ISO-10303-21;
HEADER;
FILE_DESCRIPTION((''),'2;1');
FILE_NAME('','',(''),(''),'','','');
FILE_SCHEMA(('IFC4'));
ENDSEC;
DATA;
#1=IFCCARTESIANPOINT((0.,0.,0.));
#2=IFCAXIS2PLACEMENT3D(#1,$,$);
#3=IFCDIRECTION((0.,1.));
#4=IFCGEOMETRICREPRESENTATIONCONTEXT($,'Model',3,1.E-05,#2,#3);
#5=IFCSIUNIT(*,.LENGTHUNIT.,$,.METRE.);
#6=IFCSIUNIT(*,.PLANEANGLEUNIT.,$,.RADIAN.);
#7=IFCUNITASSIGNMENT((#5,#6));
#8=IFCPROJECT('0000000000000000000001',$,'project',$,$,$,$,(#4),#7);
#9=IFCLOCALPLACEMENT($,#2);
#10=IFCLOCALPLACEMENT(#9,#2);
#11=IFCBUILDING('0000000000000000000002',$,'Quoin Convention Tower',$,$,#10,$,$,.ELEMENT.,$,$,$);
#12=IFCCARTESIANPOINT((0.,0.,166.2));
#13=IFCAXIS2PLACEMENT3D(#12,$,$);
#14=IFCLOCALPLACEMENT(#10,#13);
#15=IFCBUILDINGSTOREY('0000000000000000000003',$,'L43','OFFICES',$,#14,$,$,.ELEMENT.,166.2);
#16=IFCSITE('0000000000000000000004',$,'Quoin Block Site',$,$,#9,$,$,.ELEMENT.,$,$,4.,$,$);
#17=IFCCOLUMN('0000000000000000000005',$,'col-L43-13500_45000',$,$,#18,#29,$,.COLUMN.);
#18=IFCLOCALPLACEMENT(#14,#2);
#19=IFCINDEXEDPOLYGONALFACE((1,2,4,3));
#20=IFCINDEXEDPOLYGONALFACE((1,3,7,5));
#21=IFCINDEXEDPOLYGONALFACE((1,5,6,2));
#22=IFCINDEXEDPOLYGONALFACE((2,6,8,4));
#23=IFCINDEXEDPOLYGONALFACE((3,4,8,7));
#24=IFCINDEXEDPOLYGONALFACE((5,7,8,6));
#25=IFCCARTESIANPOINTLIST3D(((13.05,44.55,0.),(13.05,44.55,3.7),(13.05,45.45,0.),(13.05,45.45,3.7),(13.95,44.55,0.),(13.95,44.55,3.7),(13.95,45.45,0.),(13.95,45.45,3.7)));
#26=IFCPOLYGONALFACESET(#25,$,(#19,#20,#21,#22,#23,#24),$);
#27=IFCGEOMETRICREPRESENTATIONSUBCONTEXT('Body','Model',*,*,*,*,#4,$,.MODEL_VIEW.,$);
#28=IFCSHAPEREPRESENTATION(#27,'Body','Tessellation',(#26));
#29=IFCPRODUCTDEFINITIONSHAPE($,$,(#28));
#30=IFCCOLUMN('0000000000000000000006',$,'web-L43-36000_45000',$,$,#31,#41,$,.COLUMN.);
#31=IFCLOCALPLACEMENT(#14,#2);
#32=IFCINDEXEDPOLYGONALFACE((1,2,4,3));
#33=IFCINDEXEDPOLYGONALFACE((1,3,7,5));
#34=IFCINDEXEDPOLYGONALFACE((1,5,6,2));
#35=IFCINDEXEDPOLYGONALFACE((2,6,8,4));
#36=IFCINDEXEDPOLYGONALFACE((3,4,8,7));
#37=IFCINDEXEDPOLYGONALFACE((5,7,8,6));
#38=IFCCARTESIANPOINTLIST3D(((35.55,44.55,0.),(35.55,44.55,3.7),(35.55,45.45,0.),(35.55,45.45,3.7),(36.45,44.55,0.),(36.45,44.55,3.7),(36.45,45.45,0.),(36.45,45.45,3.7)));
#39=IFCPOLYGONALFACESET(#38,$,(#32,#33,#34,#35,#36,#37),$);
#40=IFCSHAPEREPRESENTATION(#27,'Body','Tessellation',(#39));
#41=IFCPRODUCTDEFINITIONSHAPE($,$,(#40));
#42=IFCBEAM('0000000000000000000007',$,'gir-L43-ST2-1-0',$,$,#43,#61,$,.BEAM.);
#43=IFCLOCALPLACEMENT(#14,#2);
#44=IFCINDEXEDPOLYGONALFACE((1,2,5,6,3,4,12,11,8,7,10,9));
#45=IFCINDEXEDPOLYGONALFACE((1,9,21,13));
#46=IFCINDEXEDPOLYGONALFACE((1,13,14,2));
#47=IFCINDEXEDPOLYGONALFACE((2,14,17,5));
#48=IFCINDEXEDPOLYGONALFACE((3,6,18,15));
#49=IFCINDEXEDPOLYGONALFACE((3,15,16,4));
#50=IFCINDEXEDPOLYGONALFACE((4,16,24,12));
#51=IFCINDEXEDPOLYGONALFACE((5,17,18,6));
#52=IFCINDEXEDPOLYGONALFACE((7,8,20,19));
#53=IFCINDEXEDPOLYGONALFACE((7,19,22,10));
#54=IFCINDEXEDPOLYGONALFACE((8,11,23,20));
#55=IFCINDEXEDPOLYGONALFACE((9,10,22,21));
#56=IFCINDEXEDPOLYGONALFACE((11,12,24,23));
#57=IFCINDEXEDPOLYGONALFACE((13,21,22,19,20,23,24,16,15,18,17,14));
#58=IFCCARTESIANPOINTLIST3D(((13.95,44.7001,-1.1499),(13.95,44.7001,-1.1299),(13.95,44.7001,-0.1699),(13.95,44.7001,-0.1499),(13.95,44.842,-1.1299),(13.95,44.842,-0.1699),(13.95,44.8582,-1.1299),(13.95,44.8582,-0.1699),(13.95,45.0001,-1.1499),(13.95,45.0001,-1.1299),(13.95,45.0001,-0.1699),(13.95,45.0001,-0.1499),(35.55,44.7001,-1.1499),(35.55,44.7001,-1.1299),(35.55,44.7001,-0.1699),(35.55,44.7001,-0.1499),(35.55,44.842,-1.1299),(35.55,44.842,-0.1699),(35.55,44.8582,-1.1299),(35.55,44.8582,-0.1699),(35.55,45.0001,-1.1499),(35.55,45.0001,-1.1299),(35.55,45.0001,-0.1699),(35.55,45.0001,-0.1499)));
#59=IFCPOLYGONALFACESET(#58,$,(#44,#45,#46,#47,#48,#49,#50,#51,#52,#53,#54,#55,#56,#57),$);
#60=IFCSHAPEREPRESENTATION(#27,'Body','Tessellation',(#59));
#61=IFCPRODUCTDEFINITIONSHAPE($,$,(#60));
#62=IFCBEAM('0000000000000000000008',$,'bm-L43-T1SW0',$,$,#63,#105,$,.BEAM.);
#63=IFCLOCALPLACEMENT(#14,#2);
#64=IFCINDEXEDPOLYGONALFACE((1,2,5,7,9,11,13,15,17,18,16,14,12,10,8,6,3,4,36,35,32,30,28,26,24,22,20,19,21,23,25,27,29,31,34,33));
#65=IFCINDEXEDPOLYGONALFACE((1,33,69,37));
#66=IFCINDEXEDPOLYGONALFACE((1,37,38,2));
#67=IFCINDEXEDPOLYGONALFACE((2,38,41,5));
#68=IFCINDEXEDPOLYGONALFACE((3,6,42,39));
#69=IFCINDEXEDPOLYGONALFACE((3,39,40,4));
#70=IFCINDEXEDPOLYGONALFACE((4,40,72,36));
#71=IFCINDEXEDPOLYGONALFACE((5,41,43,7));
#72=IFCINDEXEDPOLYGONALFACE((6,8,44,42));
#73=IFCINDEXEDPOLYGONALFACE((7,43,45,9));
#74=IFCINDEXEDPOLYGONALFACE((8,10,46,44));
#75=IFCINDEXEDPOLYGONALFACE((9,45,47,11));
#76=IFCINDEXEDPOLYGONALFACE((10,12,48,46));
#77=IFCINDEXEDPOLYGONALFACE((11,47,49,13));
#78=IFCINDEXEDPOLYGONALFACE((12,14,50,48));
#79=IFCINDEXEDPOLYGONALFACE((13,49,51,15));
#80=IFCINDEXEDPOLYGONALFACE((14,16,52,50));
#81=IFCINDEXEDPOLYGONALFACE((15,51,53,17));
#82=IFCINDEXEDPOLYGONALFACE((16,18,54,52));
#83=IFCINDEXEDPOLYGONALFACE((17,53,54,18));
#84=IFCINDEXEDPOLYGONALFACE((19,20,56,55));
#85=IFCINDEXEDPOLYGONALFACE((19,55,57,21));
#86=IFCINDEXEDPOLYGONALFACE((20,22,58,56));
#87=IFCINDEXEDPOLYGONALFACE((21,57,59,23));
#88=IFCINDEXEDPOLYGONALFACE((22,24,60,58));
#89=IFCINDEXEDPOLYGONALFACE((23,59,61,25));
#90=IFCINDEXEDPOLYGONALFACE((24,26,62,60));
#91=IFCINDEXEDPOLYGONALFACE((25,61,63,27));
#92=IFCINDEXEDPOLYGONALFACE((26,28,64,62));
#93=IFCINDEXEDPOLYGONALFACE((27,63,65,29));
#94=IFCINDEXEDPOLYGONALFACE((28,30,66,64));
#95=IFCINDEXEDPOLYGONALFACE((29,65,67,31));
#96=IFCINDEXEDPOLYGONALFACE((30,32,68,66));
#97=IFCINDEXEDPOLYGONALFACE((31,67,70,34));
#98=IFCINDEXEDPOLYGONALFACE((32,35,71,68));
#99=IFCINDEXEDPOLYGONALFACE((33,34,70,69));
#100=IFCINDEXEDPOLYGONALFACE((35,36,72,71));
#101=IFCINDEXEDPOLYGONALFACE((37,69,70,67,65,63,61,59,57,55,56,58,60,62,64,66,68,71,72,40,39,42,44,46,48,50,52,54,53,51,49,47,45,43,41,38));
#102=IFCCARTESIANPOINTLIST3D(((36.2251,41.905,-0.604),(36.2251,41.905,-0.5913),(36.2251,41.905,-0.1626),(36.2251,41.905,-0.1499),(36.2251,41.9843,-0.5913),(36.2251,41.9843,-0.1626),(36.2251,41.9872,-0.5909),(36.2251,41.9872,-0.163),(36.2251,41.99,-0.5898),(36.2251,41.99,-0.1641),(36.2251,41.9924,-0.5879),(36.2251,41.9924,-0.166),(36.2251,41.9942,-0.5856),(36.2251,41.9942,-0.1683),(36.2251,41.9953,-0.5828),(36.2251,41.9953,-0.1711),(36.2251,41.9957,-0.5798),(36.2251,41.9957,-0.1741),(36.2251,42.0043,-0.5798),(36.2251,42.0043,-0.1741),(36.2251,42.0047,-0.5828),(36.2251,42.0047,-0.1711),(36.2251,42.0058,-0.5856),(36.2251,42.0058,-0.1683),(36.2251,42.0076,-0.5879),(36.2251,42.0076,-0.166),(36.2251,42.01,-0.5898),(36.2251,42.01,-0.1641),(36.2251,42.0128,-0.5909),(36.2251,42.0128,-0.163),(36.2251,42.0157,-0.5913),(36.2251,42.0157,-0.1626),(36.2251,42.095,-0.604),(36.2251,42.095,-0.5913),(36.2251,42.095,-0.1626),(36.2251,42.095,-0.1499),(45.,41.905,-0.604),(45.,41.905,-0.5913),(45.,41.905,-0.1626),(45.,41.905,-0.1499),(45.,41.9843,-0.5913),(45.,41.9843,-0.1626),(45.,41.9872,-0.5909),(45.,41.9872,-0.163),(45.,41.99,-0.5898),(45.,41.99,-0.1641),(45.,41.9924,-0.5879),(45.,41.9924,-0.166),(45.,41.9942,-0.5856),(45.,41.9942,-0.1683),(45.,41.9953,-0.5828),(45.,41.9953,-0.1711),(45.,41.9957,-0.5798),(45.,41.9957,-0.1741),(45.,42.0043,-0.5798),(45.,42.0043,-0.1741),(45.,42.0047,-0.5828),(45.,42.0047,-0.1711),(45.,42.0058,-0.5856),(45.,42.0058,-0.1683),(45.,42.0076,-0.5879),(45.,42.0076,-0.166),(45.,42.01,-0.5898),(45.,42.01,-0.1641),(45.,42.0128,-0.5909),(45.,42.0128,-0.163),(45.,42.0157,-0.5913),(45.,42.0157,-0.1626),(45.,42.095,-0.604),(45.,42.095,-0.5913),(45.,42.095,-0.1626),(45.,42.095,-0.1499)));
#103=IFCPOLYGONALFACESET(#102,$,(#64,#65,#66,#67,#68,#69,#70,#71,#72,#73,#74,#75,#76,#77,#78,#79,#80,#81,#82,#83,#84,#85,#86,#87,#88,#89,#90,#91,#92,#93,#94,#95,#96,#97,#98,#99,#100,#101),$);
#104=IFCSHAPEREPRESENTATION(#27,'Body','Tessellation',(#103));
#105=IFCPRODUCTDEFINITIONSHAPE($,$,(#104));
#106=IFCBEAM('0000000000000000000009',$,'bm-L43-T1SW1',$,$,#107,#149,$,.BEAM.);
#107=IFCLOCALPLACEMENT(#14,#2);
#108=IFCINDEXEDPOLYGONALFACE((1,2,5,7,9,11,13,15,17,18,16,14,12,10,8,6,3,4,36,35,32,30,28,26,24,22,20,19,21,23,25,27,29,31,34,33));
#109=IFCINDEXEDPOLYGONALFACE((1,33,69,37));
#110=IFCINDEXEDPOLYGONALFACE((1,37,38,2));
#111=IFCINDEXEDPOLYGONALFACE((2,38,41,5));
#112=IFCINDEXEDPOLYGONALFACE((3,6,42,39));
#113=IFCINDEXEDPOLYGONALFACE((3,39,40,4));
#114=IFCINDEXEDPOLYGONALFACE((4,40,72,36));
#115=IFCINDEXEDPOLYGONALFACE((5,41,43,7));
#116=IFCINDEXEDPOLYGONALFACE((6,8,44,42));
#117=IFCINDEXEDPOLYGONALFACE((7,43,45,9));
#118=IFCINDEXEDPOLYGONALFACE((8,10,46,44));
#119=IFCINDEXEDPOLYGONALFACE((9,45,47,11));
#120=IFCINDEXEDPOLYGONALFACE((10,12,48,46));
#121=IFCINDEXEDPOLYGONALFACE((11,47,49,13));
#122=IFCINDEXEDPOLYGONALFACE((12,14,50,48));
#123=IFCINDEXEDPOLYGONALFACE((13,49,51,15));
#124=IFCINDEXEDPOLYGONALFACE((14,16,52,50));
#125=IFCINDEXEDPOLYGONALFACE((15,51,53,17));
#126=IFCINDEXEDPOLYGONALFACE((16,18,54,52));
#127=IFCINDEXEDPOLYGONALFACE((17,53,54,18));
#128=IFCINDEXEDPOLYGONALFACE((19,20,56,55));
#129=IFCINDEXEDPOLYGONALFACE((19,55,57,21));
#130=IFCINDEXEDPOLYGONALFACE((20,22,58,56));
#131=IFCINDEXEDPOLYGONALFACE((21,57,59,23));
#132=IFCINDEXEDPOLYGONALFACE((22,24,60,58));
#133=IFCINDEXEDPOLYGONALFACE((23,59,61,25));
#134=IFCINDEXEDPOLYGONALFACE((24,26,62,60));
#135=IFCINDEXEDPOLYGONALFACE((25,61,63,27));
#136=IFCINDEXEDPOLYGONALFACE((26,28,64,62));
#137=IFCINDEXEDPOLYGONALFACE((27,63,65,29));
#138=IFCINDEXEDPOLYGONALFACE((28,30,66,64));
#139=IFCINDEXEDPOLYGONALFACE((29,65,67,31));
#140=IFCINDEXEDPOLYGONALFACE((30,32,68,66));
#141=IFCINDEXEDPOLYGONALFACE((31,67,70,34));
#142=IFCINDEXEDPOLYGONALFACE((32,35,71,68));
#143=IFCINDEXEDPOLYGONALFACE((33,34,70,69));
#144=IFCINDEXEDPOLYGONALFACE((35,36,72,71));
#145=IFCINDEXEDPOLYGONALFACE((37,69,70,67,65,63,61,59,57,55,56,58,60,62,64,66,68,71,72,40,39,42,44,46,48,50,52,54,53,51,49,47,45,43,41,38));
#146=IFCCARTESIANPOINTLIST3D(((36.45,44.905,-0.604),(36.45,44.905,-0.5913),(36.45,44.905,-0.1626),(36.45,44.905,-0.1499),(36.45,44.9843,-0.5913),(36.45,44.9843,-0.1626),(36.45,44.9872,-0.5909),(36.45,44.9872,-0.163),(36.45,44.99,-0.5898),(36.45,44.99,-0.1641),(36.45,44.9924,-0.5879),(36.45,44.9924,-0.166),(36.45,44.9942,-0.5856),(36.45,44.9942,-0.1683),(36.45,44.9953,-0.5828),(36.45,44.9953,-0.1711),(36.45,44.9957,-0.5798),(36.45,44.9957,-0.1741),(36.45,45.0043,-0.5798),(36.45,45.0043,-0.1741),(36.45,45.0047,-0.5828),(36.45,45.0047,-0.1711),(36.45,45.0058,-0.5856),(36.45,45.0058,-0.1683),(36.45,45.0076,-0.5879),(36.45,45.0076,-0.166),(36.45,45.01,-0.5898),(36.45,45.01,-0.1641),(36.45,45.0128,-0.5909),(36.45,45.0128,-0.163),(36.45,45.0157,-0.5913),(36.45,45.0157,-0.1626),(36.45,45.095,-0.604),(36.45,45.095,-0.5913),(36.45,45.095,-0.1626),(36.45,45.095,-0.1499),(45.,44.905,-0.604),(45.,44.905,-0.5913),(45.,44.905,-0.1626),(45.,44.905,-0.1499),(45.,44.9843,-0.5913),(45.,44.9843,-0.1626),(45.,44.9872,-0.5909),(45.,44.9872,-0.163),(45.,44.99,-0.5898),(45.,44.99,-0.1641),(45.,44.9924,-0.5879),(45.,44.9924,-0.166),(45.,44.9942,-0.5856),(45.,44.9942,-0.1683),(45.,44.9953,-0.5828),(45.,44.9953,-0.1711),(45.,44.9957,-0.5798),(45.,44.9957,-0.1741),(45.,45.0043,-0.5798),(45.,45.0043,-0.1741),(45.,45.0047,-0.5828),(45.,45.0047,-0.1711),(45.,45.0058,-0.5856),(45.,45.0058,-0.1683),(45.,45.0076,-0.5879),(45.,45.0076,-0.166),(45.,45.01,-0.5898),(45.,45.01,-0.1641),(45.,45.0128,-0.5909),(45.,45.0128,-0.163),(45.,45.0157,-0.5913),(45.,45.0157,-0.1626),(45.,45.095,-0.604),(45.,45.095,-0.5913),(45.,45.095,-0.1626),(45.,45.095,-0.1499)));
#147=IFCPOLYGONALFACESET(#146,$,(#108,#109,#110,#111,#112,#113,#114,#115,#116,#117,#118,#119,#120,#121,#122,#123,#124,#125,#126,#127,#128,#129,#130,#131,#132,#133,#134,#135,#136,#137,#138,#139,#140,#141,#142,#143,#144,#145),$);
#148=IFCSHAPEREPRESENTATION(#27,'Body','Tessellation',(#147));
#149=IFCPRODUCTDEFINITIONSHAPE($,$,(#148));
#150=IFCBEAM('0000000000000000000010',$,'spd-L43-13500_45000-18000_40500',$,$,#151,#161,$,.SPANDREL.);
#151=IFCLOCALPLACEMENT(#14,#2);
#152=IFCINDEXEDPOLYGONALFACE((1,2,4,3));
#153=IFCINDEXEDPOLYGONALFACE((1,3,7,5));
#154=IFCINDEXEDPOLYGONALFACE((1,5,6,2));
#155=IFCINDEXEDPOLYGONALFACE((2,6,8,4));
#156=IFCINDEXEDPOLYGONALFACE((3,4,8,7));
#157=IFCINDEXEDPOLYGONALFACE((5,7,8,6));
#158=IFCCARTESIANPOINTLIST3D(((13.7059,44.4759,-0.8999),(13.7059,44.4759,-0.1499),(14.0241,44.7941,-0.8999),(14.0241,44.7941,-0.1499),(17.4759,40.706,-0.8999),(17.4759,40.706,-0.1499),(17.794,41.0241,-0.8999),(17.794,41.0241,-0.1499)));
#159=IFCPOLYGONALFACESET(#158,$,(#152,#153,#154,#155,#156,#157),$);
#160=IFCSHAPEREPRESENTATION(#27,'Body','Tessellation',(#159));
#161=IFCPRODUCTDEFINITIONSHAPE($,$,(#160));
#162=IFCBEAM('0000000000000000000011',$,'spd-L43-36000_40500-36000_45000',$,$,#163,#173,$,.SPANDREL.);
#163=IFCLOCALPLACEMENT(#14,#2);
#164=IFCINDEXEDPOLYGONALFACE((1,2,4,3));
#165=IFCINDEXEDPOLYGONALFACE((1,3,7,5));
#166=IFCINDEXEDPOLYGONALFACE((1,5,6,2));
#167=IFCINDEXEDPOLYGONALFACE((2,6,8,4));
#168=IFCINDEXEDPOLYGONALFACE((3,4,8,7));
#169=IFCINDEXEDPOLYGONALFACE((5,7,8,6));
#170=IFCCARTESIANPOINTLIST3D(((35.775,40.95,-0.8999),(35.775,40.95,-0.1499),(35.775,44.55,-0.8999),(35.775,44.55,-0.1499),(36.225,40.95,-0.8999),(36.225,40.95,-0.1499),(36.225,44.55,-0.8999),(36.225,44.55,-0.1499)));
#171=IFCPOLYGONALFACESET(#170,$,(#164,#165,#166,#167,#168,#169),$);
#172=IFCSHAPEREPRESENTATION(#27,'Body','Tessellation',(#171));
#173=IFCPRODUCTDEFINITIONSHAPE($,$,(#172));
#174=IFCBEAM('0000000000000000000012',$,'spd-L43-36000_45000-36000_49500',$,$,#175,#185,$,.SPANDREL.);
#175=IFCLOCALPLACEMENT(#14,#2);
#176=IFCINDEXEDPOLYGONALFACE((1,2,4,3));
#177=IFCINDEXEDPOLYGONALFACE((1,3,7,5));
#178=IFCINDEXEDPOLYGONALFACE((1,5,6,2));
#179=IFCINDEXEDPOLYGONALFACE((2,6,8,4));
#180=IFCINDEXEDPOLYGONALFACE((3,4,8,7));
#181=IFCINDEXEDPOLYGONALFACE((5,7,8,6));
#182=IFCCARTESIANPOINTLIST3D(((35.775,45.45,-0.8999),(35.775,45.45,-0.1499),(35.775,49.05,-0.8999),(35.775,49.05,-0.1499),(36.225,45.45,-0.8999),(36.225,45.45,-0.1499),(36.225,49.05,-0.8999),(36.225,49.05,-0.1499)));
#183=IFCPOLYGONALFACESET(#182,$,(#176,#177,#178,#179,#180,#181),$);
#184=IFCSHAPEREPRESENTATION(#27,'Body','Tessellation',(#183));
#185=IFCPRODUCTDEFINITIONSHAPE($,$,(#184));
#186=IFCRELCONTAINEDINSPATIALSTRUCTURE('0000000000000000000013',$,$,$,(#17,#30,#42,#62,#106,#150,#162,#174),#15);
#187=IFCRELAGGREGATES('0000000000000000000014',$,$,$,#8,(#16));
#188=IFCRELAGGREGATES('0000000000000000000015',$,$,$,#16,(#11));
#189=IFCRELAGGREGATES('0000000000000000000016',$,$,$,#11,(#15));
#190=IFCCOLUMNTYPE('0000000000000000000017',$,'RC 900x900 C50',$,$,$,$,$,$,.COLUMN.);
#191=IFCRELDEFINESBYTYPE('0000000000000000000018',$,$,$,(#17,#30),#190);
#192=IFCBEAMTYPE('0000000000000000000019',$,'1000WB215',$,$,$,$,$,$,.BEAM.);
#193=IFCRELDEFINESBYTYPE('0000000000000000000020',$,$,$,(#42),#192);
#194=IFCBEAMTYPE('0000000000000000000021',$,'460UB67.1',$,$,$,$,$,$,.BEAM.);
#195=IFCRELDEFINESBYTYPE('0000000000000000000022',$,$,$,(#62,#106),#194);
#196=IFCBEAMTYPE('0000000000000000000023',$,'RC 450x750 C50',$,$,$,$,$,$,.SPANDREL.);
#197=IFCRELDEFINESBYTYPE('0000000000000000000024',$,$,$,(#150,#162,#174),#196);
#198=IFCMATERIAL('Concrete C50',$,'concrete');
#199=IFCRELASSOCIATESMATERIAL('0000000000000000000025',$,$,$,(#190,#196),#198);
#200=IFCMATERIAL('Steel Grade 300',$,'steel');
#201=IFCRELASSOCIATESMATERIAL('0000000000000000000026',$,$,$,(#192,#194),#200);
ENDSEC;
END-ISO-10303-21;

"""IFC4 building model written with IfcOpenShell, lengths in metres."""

from ifc_helpers import new_model, si_unit, direction, frame, origin, origin_2d, place, context, subcontext, project, spatial, rectangle, i_section, extrude, material, material_profile, profile_set, type_object, element, save


model = new_model("IFC4")

# Units and contexts
model_context = context("Model", 3, precision=1e-05, world=origin(), true_north=direction((0.0, 1.0)))
body_context = subcontext(model_context, "Body", "Model", "MODEL_VIEW")
ifc_project = project(units=[si_unit("LENGTHUNIT", "METRE"), si_unit("PLANEANGLEUNIT", "RADIAN")], contexts=[model_context])

# Site, building, storey
site_placement = place(None, origin())
site = spatial("IfcSite", under=ifc_project, at=site_placement, Name="Quoin Block Site", CompositionType="ELEMENT", RefElevation=4.0)
building_placement = place(site_placement, origin())
building = spatial("IfcBuilding", under=site, at=building_placement, Name="Quoin Convention Tower", CompositionType="ELEMENT")
storey_placement = place(building_placement, frame((0.0, 0.0, 166.2)))
storey = spatial("IfcBuildingStorey", under=building, at=storey_placement, Name="L43", Description="OFFICES", CompositionType="ELEMENT", Elevation=166.2)

# Columns
ifc_material_1 = material(Name="Concrete C50", Category="concrete")
ifc_material_profile_1 = material_profile(ifc_material_1, rectangle(XDim=0.8999, YDim=0.8999, at=origin_2d()), Name="RC 900x900")
ifc_profile_set_1 = profile_set([ifc_material_profile_1], Name="Concrete C50")
column_type = type_object("IfcColumnType", Name="RC 900x900 C50", PredefinedType="COLUMN", material=ifc_profile_set_1)
for number, where, z_axis, x_axis, name in (
    (1, (13.5, 45.0, 0.0), (0.0, 0.0, 1.0), (1.0, 0.0, 0.0), "col-L43-13500_45000"),
    (2, (36.0, 45.0, 0.0), (0.0, 0.0, 1.0), (1.0, 0.0, 0.0), "web-L43-36000_45000"),
):
    element("IfcColumn", number, at=place(storey_placement, frame(where, z_axis=z_axis, x_axis=x_axis)), inside=storey, type_object=column_type, Name=name, PredefinedType="COLUMN", context=body_context, shape_type="SweptSolid", body=[
        extrude(rectangle(XDim=0.8999, YDim=0.8999, at=origin_2d()), origin(), (0.0, 0.0, 1.0), 3.7),
    ])

# Beams
ifc_material_2 = material(Name="Steel Grade 300", Category="steel")
ifc_material_profile_2 = material_profile(ifc_material_2, i_section(OverallWidth=0.3, OverallDepth=1.0, WebThickness=0.0161, FlangeThickness=0.02, at=origin_2d()), Name="1000WB215")
ifc_profile_set_2 = profile_set([ifc_material_profile_2], Name="Steel Grade 300")
beam_type_1 = type_object("IfcBeamType", Name="1000WB215", PredefinedType="BEAM", material=ifc_profile_set_2)
beam_1_placement = place(storey_placement, frame((13.95, 44.8501, -0.6499), z_axis=(1.0, 0.0, 0.0), x_axis=(0.0, 1.0, 0.0)))
element("IfcBeam", 3, at=beam_1_placement, inside=storey, type_object=beam_type_1, Name="gir-L43-ST2-1-0", PredefinedType="BEAM", context=body_context, shape_type="SweptSolid", body=[
    extrude(i_section(OverallWidth=0.3, OverallDepth=1.0, WebThickness=0.0161, FlangeThickness=0.02, at=origin_2d()), origin(), (0.0, 0.0, 1.0), 21.6001),
])
ifc_material_profile_3 = material_profile(ifc_material_2, i_section(OverallWidth=0.1899, OverallDepth=0.4541, WebThickness=0.0085, FlangeThickness=0.0127, FilletRadius=0.0115, at=origin_2d()), Name="460UB67.1")
ifc_profile_set_3 = profile_set([ifc_material_profile_3], Name="Steel Grade 300")
beam_type_2 = type_object("IfcBeamType", Name="460UB67.1", PredefinedType="BEAM", material=ifc_profile_set_3)
beam_2_placement = place(storey_placement, frame((36.2251, 42.0, -0.377), z_axis=(1.0, 0.0, 0.0), x_axis=(0.0, 1.0, 0.0)))
element("IfcBeam", 4, at=beam_2_placement, inside=storey, type_object=beam_type_2, Name="bm-L43-T1SW0", PredefinedType="BEAM", context=body_context, shape_type="SweptSolid", body=[
    extrude(i_section(OverallWidth=0.1899, OverallDepth=0.4541, WebThickness=0.0085, FlangeThickness=0.0127, FilletRadius=0.0115, at=origin_2d()), origin(), (0.0, 0.0, 1.0), 8.7749),
])
beam_3_placement = place(storey_placement, frame((36.45, 45.0, -0.377), z_axis=(1.0, 0.0, 0.0), x_axis=(0.0, 1.0, 0.0)))
element("IfcBeam", 5, at=beam_3_placement, inside=storey, type_object=beam_type_2, Name="bm-L43-T1SW1", PredefinedType="BEAM", context=body_context, shape_type="SweptSolid", body=[
    extrude(i_section(OverallWidth=0.1899, OverallDepth=0.4541, WebThickness=0.0085, FlangeThickness=0.0127, FilletRadius=0.0115, at=origin_2d()), origin(), (0.0, 0.0, 1.0), 8.55),
])
ifc_material_profile_4 = material_profile(ifc_material_1, rectangle(XDim=0.45, YDim=0.75, at=origin_2d()), Name="RC 450x750")
ifc_profile_set_4 = profile_set([ifc_material_profile_4], Name="Concrete C50")
beam_type_3 = type_object("IfcBeamType", Name="RC 450x750 C50", PredefinedType="SPANDREL", material=ifc_profile_set_4)
beam_4_placement = place(storey_placement, frame((13.865, 44.635, -0.5249), z_axis=(0.707107, -0.707107, 0.0), x_axis=(0.707107, 0.707107, 0.0)))
element("IfcBeam", 6, at=beam_4_placement, inside=storey, type_object=beam_type_3, Name="spd-L43-13500_45000-18000_40500", PredefinedType="SPANDREL", context=body_context, shape_type="SweptSolid", body=[
    extrude(rectangle(XDim=0.45, YDim=0.75, at=origin_2d()), origin(), (0.0, 0.0, 1.0), 5.3315),
])
for number, where, z_axis, x_axis, name in (
    (7, (36.0, 40.95, -0.5249), (0.0, 1.0, 0.0), (-1.0, 0.0, 0.0), "spd-L43-36000_40500-36000_45000"),
    (8, (36.0, 45.45, -0.5249), (0.0, 1.0, 0.0), (-1.0, 0.0, 0.0), "spd-L43-36000_45000-36000_49500"),
):
    element("IfcBeam", number, at=place(storey_placement, frame(where, z_axis=z_axis, x_axis=x_axis)), inside=storey, type_object=beam_type_3, Name=name, PredefinedType="SPANDREL", context=body_context, shape_type="SweptSolid", body=[
        extrude(rectangle(XDim=0.45, YDim=0.75, at=origin_2d()), origin(), (0.0, 0.0, 1.0), 3.6001),
    ])

save(model, "model.ifc")
